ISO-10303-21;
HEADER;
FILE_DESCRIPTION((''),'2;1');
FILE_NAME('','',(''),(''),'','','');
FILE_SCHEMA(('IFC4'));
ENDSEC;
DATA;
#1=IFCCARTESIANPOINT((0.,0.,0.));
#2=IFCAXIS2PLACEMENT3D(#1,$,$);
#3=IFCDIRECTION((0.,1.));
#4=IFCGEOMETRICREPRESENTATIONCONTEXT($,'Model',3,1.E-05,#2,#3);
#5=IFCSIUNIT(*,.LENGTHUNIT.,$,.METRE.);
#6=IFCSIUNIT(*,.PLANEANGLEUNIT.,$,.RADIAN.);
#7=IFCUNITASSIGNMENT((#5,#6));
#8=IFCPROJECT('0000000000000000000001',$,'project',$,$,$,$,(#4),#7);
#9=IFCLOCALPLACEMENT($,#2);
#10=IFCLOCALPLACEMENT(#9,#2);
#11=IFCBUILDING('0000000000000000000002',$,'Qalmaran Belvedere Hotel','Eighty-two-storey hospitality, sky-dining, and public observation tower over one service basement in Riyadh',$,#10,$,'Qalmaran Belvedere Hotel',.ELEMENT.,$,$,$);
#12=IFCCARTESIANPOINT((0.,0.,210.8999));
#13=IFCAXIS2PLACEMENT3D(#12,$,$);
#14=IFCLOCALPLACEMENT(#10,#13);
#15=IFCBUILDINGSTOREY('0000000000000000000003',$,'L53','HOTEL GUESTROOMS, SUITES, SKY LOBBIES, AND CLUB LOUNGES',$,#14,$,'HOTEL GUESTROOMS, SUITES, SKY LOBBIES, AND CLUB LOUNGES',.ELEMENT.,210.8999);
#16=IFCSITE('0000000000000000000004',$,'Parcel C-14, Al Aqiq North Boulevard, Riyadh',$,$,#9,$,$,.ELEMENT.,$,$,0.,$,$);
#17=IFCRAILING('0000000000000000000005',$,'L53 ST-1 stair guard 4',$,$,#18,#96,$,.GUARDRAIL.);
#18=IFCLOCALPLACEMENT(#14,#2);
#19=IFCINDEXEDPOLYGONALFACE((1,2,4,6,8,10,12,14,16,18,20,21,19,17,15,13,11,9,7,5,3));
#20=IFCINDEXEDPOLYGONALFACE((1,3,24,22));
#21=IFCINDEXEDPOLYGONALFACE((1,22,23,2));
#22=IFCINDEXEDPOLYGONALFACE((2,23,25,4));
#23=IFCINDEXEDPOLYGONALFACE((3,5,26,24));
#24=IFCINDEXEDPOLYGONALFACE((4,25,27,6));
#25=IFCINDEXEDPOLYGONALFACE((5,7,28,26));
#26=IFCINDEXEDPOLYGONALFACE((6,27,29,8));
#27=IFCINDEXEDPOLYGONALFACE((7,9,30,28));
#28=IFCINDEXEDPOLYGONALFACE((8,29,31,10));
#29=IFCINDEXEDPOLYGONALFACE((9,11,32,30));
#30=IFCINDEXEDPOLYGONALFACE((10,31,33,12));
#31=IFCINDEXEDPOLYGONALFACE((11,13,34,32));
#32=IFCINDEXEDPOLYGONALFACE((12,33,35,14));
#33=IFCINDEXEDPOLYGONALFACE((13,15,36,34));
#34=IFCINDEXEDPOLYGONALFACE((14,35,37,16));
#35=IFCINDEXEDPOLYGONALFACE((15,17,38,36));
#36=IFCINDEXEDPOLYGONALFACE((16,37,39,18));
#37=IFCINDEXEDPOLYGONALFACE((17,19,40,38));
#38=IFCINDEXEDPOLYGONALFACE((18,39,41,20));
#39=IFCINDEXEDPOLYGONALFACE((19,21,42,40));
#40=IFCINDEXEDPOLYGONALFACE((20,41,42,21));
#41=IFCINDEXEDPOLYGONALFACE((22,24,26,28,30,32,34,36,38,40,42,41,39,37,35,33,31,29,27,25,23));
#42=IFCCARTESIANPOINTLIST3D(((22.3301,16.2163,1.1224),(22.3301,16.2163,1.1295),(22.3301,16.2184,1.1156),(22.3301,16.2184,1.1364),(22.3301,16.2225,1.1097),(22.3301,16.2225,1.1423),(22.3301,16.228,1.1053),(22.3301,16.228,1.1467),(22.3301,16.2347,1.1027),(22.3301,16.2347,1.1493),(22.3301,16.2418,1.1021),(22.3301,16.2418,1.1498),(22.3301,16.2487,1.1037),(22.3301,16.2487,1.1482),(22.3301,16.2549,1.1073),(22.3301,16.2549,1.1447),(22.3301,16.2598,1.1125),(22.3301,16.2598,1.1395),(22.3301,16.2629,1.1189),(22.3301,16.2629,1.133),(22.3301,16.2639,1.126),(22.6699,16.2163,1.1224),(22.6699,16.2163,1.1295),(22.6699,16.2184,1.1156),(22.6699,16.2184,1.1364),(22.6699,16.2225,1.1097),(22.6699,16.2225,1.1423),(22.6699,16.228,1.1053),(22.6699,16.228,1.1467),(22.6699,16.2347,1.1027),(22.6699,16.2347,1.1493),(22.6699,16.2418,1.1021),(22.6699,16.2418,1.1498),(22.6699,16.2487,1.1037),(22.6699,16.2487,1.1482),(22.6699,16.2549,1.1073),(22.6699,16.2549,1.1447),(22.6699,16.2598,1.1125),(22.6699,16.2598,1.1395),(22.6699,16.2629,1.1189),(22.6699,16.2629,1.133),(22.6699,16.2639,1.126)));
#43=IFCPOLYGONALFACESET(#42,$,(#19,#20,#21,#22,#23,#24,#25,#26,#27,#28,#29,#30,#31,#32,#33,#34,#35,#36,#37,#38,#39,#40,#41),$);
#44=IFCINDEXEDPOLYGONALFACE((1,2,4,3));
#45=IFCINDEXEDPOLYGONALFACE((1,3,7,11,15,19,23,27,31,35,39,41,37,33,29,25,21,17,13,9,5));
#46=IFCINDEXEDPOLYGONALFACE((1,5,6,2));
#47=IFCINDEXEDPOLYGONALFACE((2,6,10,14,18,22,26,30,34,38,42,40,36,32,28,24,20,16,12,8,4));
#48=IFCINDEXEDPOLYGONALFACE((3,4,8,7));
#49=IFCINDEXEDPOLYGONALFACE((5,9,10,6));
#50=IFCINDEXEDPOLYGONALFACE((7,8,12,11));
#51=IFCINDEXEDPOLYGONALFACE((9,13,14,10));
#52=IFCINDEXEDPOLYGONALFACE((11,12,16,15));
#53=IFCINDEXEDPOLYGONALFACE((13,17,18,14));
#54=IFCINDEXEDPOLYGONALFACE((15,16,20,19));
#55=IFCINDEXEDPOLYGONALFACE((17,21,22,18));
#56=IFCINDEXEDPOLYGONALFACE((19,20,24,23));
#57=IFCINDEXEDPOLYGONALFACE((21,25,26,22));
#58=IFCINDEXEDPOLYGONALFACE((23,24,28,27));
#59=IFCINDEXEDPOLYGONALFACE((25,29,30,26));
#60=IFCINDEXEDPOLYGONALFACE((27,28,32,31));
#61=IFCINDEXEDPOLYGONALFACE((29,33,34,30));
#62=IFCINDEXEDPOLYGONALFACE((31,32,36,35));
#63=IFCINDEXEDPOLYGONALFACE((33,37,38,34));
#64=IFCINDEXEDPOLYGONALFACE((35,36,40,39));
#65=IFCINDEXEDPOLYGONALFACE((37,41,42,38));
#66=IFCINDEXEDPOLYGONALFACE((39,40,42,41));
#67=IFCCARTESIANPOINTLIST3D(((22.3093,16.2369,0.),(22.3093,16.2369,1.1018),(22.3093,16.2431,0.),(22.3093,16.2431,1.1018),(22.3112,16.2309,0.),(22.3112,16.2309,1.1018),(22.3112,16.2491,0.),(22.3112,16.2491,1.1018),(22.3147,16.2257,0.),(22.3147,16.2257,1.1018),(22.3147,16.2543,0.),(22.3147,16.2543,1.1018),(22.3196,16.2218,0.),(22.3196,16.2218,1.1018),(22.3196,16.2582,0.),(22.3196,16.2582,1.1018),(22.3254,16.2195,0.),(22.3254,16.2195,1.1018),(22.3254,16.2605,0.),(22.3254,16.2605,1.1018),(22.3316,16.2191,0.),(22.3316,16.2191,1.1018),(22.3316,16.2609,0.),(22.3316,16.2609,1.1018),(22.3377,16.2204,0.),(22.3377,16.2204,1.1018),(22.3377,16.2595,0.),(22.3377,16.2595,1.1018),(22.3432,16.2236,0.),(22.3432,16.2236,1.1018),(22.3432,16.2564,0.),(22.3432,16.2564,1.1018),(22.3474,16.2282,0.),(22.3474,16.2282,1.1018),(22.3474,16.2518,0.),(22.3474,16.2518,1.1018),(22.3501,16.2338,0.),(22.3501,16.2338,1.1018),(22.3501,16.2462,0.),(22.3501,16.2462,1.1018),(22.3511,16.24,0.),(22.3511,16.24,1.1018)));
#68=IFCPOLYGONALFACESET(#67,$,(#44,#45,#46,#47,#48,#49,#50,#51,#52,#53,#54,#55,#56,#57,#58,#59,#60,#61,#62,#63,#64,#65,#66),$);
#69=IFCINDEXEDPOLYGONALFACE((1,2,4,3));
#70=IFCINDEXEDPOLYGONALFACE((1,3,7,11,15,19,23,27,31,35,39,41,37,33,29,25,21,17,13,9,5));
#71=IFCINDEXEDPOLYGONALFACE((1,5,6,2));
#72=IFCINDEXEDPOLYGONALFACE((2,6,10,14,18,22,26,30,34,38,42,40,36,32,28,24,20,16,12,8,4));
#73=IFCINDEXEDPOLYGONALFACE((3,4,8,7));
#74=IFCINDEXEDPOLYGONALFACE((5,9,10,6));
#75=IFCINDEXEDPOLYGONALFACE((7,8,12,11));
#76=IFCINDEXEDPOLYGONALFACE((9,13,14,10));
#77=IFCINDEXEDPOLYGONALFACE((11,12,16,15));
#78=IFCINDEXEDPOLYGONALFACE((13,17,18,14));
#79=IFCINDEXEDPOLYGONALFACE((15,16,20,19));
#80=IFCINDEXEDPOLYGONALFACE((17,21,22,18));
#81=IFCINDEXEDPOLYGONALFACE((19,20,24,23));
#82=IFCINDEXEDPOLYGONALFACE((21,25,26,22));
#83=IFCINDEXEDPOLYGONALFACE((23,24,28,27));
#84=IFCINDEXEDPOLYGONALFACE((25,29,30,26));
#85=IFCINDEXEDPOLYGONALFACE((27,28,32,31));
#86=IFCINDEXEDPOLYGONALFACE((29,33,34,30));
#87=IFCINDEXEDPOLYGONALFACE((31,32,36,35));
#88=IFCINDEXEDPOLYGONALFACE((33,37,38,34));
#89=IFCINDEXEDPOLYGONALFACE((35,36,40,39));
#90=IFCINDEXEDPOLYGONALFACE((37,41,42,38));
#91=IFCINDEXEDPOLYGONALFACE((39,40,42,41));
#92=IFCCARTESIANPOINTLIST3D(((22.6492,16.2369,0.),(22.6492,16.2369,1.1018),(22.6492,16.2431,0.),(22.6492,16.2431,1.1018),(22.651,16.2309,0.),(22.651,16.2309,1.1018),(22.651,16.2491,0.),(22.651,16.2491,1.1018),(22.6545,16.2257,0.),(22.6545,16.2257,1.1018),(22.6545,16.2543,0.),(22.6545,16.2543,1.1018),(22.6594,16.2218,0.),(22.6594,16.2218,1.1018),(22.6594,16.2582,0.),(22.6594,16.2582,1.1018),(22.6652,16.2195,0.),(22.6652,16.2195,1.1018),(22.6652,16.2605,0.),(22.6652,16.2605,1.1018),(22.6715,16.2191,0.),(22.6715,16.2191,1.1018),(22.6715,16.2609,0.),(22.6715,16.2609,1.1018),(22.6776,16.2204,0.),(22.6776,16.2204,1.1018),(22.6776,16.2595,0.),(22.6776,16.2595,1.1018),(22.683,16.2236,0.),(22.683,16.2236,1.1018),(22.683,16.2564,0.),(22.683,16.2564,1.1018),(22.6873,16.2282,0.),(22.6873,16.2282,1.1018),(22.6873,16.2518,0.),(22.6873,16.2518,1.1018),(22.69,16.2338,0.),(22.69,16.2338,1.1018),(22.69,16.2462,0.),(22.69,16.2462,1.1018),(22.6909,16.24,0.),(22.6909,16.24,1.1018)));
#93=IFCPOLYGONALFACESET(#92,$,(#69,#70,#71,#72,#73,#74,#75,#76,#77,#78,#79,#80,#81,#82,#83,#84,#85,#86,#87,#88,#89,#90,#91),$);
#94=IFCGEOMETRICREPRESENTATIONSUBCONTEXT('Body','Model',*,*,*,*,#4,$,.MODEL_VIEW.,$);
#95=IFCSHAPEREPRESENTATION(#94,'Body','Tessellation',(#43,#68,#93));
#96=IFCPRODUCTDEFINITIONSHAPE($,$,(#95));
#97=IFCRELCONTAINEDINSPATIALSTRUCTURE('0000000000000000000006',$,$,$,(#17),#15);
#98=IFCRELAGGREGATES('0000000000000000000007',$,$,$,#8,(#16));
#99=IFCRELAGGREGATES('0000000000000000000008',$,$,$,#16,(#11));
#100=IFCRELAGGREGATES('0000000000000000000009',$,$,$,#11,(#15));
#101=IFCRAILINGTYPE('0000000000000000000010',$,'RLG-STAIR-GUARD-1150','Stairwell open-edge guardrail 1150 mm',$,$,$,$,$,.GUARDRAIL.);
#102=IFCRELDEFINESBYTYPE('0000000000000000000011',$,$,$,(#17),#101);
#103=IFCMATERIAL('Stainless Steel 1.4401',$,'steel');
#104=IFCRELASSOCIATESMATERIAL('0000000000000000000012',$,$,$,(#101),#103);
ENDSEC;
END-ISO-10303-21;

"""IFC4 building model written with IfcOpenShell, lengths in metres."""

from ifc_helpers import new_model, si_unit, direction, frame, origin, origin_2d, place, context, subcontext, project, spatial, circle, extrude, material, type_object, element, save


model = new_model("IFC4")

# Units and contexts
model_context = context("Model", 3, precision=1e-05, world=origin(), true_north=direction((0.0, 1.0)))
body_context = subcontext(model_context, "Body", "Model", "MODEL_VIEW")
ifc_project = project(units=[si_unit("LENGTHUNIT", "METRE"), si_unit("PLANEANGLEUNIT", "RADIAN")], contexts=[model_context])

# Site, building, storey
site_placement = place(None, origin())
site = spatial("IfcSite", under=ifc_project, at=site_placement, Name="Parcel C-14, Al Aqiq North Boulevard, Riyadh", CompositionType="ELEMENT", RefElevation=0.0)
building_placement = place(site_placement, origin())
building = spatial("IfcBuilding", under=site, at=building_placement, Name="Qalmaran Belvedere Hotel", Description="Eighty-two-storey hospitality, sky-dining, and public observation tower over one service basement in Riyadh", LongName="Qalmaran Belvedere Hotel", CompositionType="ELEMENT")
storey_placement = place(building_placement, frame((0.0, 0.0, 210.8999)))
storey = spatial("IfcBuildingStorey", under=building, at=storey_placement, Name="L53", Description="HOTEL GUESTROOMS, SUITES, SKY LOBBIES, AND CLUB LOUNGES", LongName="HOTEL GUESTROOMS, SUITES, SKY LOBBIES, AND CLUB LOUNGES", CompositionType="ELEMENT", Elevation=210.8999)

# Shared definitions
ifc_material_1 = material(Name="Stainless Steel 1.4401", Category="steel")

# Railing
railing_type_1 = type_object("IfcRailingType", Name="RLG-STAIR-GUARD-1150", Description="Stairwell open-edge guardrail 1150 mm", PredefinedType="GUARDRAIL", material=ifc_material_1)
railing_1_placement = place(storey_placement, frame((22.3301, 16.24, 0.0)))
element("IfcRailing", 1, at=railing_1_placement, inside=storey, type_object=railing_type_1, Name="L53 ST-1 stair guard 4", PredefinedType="GUARDRAIL", context=body_context, shape_type="SweptSolid", body=[
    extrude(circle(Radius=0.0239, at=origin_2d()), frame((0.0, 0.0, 1.126), z_axis=(1.0, 0.0, 0.0), x_axis=(0.0, 1.0, 0.0)), (0.0, 0.0, 1.0), 0.3398),
    extrude(circle(Radius=0.021, at=origin_2d()), origin(), (0.0, 0.0, 1.0), 1.1018),
    extrude(circle(Radius=0.021, at=origin_2d()), frame((0.3398, 0.0, 0.0)), (0.0, 0.0, 1.0), 1.1018),
])

save(model, "model.ifc")
